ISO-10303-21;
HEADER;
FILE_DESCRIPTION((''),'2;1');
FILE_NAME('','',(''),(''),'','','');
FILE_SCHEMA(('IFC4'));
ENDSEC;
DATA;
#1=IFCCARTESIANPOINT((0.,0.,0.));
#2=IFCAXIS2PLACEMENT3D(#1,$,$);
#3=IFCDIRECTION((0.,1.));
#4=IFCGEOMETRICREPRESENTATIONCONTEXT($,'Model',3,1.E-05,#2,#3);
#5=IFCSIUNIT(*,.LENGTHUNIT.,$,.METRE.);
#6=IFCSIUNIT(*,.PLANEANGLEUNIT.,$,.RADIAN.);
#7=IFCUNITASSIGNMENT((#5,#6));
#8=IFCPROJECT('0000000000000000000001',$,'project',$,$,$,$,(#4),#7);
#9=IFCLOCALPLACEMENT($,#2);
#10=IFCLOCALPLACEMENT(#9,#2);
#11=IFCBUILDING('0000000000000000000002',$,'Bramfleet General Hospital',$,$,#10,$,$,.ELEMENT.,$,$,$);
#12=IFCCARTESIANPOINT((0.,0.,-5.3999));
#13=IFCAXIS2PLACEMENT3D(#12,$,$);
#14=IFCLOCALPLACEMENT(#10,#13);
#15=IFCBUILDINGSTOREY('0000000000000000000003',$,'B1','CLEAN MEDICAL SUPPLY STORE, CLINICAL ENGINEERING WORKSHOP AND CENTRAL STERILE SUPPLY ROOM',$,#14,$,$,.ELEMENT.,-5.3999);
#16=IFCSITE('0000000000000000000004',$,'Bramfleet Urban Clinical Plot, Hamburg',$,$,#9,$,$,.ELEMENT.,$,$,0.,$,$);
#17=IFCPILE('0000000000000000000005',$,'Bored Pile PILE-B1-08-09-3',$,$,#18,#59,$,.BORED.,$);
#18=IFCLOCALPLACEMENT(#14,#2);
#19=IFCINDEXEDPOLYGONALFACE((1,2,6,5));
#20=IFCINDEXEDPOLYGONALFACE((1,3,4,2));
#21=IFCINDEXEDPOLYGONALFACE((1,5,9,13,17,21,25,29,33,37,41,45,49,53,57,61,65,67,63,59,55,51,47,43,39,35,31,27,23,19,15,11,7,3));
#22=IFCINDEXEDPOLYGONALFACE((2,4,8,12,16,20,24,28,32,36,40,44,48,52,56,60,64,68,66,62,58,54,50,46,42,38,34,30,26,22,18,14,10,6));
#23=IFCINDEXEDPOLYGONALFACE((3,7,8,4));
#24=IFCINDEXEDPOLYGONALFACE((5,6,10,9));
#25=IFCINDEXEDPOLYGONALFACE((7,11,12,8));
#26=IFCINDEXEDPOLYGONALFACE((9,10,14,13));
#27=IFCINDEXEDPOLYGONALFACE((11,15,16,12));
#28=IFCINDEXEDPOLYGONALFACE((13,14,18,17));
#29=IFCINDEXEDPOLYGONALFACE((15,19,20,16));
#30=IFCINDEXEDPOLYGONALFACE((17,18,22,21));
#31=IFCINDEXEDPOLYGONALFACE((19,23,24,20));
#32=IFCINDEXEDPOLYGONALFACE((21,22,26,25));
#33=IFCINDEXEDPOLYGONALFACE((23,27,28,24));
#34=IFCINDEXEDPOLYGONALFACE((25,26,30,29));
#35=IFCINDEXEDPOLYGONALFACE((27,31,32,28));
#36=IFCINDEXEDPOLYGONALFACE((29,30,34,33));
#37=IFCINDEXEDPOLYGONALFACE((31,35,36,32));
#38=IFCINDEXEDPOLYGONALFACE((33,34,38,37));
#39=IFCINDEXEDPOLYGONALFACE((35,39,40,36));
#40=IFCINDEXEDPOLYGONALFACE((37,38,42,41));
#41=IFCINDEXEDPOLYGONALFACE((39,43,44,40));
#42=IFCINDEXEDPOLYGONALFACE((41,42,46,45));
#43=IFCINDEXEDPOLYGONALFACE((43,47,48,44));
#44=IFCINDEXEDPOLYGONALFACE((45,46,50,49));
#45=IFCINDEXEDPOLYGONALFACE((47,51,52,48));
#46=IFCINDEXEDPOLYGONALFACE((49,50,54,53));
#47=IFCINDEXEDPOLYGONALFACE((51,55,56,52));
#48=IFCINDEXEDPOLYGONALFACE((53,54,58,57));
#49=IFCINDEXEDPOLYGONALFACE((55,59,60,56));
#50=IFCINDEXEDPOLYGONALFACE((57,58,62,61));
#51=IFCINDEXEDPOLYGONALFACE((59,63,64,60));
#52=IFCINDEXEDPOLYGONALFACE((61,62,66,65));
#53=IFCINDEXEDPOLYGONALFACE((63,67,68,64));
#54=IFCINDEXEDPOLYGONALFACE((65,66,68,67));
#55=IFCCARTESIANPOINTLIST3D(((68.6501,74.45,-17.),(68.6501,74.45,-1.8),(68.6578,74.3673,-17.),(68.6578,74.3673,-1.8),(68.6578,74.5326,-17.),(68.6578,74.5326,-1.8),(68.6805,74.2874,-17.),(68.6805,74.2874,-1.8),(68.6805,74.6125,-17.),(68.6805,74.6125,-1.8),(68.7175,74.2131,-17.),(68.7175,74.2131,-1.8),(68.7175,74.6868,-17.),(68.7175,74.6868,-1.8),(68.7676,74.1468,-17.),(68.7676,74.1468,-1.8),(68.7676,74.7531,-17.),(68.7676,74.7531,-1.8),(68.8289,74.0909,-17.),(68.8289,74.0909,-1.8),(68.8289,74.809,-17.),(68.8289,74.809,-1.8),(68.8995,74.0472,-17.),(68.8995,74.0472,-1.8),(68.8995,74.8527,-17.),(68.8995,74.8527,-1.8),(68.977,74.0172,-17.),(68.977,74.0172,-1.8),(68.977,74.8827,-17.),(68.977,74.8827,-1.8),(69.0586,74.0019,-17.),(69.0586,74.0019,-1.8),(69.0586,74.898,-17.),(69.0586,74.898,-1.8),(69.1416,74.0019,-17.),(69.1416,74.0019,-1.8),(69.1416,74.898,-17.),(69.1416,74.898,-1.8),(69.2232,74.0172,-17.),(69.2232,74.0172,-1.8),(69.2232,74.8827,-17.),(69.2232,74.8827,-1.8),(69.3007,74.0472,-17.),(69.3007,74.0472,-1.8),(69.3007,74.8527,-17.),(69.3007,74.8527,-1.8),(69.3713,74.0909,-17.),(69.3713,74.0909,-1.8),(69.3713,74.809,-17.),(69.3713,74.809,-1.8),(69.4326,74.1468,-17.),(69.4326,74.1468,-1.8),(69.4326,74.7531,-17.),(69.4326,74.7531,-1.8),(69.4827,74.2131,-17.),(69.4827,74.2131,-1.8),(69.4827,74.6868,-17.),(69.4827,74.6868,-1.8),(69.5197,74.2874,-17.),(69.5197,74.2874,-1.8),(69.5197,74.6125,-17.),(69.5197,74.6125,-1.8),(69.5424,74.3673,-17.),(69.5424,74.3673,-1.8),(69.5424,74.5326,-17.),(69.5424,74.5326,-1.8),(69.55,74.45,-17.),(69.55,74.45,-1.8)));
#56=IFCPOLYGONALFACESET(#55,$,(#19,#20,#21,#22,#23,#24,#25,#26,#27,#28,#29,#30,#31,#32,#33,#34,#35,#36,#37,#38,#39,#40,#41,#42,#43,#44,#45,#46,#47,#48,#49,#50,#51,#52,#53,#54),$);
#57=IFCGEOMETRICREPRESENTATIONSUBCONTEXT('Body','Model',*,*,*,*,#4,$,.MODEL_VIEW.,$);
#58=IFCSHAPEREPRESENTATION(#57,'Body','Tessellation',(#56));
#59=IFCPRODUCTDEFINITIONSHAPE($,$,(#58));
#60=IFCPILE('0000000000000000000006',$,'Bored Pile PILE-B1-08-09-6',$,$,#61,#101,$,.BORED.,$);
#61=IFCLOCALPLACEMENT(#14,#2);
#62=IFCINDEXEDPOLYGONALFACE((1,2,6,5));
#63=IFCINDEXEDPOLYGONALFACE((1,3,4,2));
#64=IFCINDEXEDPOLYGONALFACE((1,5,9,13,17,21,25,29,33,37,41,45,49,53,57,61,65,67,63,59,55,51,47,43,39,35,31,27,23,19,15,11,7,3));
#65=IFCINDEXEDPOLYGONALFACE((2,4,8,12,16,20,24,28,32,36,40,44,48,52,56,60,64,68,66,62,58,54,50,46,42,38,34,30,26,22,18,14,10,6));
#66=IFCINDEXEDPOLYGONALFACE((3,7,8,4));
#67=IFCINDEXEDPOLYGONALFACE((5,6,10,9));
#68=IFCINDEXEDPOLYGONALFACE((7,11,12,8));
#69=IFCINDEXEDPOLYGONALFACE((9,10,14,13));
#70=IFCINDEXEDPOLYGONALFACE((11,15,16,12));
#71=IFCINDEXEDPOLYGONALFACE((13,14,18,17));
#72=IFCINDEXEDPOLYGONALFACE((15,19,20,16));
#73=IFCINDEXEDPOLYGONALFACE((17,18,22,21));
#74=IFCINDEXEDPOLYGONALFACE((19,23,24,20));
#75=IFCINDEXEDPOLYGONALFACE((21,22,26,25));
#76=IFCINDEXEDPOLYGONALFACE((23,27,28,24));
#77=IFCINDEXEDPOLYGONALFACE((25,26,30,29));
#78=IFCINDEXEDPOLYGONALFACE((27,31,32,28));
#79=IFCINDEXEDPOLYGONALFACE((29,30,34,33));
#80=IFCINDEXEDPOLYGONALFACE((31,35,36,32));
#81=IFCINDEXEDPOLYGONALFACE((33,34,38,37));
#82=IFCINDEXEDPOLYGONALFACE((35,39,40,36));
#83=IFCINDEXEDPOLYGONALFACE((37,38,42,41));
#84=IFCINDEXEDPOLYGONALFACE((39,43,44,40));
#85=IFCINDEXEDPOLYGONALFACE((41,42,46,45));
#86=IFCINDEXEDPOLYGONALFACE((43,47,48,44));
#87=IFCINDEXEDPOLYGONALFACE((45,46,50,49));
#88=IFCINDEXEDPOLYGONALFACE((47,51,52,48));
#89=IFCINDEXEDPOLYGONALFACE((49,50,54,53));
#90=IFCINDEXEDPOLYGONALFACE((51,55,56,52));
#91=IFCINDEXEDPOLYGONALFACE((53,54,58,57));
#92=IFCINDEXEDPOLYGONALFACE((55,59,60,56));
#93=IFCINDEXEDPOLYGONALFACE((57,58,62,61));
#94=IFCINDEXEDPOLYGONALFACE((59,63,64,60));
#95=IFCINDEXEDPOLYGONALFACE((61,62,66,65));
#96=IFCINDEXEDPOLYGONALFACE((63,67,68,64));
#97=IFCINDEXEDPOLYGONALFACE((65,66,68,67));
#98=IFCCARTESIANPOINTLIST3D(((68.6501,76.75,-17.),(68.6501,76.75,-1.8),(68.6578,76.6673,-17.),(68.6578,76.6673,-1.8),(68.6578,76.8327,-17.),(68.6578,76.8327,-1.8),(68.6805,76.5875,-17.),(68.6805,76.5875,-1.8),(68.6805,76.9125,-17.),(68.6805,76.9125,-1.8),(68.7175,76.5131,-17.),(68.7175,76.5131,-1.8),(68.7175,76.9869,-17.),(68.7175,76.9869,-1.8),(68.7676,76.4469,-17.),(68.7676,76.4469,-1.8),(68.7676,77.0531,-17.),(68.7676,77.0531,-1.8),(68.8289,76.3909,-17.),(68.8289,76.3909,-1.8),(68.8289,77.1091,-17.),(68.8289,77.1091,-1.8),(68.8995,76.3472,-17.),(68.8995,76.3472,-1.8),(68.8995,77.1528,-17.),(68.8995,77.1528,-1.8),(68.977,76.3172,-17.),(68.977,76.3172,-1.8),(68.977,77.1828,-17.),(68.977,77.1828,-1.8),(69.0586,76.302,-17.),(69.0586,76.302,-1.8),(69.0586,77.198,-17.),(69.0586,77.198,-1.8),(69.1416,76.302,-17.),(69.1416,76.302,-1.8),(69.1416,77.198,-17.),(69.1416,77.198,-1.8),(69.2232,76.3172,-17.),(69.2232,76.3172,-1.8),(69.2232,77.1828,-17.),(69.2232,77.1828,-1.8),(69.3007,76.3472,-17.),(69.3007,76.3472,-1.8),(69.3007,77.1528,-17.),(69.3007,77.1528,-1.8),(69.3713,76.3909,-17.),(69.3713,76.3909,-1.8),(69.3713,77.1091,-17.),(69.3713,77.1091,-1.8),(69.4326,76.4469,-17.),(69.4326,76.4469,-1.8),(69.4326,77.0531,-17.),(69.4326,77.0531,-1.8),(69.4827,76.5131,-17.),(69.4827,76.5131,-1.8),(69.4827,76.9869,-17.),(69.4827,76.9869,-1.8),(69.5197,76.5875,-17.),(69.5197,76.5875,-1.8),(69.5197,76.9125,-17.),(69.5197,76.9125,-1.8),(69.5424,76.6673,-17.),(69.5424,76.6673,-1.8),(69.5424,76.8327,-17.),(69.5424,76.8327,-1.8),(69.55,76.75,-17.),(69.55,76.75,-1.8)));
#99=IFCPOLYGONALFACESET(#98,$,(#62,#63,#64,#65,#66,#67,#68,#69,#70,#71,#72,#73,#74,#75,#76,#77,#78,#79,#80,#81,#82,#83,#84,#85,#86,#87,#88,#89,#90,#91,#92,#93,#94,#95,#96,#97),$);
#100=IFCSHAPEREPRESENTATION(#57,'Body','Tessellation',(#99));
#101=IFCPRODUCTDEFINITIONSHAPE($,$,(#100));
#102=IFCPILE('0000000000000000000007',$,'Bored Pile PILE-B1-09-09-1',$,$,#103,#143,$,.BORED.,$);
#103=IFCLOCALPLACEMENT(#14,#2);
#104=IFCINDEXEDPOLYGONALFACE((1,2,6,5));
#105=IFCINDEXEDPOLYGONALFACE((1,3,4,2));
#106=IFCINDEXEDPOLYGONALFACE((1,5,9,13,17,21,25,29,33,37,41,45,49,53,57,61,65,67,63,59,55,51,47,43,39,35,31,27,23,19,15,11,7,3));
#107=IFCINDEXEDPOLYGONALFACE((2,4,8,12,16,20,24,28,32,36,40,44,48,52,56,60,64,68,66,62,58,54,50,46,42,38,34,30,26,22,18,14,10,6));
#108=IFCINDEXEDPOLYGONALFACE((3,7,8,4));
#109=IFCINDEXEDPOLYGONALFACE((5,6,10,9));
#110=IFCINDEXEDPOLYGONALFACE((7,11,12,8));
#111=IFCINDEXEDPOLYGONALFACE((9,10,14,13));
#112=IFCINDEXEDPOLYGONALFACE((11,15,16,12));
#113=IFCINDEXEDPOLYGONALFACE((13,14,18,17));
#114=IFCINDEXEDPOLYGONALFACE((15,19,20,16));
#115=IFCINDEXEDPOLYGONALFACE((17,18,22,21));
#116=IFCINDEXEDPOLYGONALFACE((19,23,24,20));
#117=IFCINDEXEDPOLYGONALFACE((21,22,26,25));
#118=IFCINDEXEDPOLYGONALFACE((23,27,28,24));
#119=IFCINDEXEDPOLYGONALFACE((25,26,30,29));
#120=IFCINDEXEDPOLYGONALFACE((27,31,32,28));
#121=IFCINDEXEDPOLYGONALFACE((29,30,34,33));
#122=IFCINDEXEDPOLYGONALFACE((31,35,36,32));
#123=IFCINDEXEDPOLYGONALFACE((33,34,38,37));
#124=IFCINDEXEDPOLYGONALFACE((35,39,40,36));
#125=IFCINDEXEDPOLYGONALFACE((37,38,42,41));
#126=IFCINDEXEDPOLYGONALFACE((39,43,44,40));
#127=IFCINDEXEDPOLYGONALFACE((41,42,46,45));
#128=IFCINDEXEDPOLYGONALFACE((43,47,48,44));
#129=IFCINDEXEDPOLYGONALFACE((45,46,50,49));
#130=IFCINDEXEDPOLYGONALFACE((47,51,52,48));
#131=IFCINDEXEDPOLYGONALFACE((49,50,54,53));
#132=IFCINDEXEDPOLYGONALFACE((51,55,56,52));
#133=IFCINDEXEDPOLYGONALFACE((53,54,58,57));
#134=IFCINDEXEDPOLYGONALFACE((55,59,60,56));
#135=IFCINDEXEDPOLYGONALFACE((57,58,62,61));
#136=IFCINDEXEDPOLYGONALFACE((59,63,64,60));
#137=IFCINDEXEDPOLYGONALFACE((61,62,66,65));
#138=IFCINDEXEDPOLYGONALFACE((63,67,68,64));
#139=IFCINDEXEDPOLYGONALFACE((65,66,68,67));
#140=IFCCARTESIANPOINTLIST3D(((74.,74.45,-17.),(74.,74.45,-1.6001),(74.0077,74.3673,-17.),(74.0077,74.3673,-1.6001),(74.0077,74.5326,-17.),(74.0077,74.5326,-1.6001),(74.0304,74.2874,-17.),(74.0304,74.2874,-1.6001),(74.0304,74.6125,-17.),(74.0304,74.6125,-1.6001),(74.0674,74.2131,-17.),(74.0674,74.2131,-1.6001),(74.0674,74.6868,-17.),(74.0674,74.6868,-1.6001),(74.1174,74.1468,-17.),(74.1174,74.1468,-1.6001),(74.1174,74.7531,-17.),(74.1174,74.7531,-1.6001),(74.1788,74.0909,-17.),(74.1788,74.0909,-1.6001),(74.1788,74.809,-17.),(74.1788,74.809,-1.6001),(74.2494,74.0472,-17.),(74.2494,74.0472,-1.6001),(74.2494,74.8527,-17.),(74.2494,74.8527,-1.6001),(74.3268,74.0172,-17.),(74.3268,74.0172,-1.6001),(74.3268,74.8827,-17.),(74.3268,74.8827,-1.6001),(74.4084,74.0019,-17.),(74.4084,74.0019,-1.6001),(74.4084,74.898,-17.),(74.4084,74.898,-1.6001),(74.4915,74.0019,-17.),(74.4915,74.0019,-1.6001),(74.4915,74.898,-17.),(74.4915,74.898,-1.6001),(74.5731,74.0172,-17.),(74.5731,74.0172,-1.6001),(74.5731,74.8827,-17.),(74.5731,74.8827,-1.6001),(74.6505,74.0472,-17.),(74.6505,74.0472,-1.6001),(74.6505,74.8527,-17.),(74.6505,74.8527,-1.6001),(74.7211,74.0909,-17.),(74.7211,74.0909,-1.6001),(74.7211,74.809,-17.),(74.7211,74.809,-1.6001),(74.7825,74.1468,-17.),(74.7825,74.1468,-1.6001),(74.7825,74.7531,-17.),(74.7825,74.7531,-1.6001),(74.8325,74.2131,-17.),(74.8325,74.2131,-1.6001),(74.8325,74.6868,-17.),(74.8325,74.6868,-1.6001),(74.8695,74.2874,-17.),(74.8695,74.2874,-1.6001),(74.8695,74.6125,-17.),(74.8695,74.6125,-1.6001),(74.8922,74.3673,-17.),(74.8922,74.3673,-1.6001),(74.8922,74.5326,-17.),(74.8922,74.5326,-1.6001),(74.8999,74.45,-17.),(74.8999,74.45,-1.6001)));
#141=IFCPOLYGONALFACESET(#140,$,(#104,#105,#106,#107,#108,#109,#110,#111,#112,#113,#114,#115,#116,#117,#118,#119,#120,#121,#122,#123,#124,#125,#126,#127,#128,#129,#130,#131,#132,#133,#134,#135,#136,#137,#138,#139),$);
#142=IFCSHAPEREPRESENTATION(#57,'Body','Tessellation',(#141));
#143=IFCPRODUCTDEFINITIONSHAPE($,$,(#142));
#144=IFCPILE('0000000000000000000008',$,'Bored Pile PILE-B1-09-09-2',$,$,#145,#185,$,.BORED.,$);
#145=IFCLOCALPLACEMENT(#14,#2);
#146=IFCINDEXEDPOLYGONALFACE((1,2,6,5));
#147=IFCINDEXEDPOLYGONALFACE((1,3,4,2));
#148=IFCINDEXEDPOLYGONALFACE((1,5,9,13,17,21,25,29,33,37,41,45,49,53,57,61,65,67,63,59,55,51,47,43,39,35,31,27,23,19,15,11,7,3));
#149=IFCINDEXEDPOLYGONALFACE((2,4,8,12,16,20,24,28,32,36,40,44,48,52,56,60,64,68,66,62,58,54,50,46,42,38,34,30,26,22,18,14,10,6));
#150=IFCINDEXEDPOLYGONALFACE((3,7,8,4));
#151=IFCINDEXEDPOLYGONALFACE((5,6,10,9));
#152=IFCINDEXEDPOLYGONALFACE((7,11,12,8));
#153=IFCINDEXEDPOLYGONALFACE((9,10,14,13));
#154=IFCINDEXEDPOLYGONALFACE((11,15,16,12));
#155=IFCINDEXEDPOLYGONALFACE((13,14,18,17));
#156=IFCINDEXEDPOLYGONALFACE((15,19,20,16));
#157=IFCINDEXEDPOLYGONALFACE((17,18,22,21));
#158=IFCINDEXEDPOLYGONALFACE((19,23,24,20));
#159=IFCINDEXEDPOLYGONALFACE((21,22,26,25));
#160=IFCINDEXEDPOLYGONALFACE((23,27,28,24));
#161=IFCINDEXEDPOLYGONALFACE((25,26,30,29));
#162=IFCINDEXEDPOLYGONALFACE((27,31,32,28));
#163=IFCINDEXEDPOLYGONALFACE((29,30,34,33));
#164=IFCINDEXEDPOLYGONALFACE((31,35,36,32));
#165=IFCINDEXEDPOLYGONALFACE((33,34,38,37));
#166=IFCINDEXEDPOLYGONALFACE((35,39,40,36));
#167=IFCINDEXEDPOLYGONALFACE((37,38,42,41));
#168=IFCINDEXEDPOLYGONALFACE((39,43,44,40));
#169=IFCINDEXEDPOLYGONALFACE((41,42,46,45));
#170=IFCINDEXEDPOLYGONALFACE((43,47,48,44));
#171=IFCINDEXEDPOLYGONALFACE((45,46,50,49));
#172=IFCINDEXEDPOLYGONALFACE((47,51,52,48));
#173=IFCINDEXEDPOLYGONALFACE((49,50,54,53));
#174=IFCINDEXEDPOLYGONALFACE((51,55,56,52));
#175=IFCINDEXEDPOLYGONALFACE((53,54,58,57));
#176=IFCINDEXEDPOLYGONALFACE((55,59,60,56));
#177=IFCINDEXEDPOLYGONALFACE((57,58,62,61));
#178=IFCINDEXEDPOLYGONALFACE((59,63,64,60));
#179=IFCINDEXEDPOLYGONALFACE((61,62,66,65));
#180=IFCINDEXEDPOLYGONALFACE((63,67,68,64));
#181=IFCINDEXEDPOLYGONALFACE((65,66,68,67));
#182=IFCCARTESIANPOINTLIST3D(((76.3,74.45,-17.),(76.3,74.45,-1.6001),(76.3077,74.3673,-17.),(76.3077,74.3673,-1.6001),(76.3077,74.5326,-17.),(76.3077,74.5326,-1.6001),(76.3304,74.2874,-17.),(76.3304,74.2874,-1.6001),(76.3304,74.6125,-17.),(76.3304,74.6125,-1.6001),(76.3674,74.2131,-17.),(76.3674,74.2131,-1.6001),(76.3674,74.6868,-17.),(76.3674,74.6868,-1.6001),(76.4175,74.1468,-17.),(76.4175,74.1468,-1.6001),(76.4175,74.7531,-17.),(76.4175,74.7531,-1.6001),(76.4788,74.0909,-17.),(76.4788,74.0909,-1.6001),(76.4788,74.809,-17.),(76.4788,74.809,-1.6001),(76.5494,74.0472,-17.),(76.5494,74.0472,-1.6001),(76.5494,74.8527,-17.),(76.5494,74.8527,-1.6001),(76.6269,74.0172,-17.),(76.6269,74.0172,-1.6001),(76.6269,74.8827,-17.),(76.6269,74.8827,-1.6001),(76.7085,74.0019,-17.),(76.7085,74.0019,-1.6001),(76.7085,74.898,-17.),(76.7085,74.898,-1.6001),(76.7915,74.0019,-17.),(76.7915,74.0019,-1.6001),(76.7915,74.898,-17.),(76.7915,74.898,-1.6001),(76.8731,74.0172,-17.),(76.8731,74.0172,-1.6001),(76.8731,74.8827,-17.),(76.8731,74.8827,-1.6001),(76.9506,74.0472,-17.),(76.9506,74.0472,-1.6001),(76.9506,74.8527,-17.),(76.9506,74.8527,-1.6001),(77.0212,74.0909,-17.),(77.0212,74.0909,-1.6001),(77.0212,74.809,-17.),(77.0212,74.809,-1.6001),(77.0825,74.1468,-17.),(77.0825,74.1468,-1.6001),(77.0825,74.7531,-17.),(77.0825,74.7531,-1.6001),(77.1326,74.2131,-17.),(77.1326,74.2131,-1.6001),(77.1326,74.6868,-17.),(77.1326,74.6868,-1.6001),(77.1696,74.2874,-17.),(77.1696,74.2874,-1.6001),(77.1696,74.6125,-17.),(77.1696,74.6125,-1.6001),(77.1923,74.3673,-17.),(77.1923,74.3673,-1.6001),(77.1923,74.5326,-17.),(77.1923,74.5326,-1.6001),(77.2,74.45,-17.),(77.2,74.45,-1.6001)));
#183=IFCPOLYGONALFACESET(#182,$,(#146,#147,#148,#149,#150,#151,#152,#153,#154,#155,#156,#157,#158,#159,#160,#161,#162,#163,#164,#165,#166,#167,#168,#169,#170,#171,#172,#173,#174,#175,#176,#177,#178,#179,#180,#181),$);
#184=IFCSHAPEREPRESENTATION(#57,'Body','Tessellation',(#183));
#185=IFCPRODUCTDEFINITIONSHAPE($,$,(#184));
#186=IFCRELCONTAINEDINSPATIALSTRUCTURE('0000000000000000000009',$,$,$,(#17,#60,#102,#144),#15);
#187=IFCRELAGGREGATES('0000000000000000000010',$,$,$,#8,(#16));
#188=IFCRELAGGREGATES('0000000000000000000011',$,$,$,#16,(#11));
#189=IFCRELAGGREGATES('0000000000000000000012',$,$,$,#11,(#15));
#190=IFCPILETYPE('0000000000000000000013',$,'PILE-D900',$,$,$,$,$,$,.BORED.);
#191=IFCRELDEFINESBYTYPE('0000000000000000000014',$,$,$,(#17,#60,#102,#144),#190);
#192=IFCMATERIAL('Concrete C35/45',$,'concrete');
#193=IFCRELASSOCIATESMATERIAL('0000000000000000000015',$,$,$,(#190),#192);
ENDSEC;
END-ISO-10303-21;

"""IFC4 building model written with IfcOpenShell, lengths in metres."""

from ifc_helpers import new_model, si_unit, direction, frame, origin, origin_2d, place, context, subcontext, project, spatial, circle, extrude, material, material_profile, profile_set, type_object, element, save


model = new_model("IFC4")

# Units and contexts
model_context = context("Model", 3, precision=1e-05, world=origin(), true_north=direction((0.0, 1.0)))
body_context = subcontext(model_context, "Body", "Model", "MODEL_VIEW")
ifc_project = project(units=[si_unit("LENGTHUNIT", "METRE"), si_unit("PLANEANGLEUNIT", "RADIAN")], contexts=[model_context])

# Site, building, storey
site_placement = place(None, origin())
site = spatial("IfcSite", under=ifc_project, at=site_placement, Name="Bramfleet Urban Clinical Plot, Hamburg", CompositionType="ELEMENT", RefElevation=0.0)
building_placement = place(site_placement, origin())
building = spatial("IfcBuilding", under=site, at=building_placement, Name="Bramfleet General Hospital", CompositionType="ELEMENT")
storey_placement = place(building_placement, frame((0.0, 0.0, -5.3999)))
storey = spatial("IfcBuildingStorey", under=building, at=storey_placement, Name="B1", Description="CLEAN MEDICAL SUPPLY STORE, CLINICAL ENGINEERING WORKSHOP AND CENTRAL STERILE SUPPLY ROOM", CompositionType="ELEMENT", Elevation=-5.3999)

# Shared definitions
ifc_material_1 = material(Name="Concrete C35/45", Category="concrete")

# Piles
ifc_material_profile_1 = material_profile(ifc_material_1, circle(Radius=0.45, at=origin_2d()), Name="PILE BORED D900")
ifc_profile_set_1 = profile_set([ifc_material_profile_1], Name="Concrete C35/45")
pile_type_1 = type_object("IfcPileType", Name="PILE-D900", PredefinedType="BORED", material=ifc_profile_set_1)
for number, where, z_axis, x_axis, name in (
    (1, (69.1001, 74.45, -1.8), (0.0, 0.0, -1.0), (1.0, 0.0, 0.0), "Bored Pile PILE-B1-08-09-3"),
    (2, (69.1001, 76.75, -1.8), (0.0, 0.0, -1.0), (1.0, 0.0, 0.0), "Bored Pile PILE-B1-08-09-6"),
):
    element("IfcPile", number, at=place(storey_placement, frame(where, z_axis=z_axis, x_axis=x_axis)), inside=storey, type_object=pile_type_1, Name=name, PredefinedType="BORED", context=body_context, shape_type="SweptSolid", body=[
        extrude(circle(Radius=0.45, at=origin_2d()), origin(), (0.0, 0.0, 1.0), 15.2),
    ])
for number, where, z_axis, x_axis, name in (
    (3, (74.45, 74.45, -1.6001), (0.0, 0.0, -1.0), (1.0, 0.0, 0.0), "Bored Pile PILE-B1-09-09-1"),
    (4, (76.75, 74.45, -1.6001), (0.0, 0.0, -1.0), (1.0, 0.0, 0.0), "Bored Pile PILE-B1-09-09-2"),
):
    element("IfcPile", number, at=place(storey_placement, frame(where, z_axis=z_axis, x_axis=x_axis)), inside=storey, type_object=pile_type_1, Name=name, PredefinedType="BORED", context=body_context, shape_type="SweptSolid", body=[
        extrude(circle(Radius=0.45, at=origin_2d()), origin(), (0.0, 0.0, 1.0), 15.3999),
    ])

save(model, "model.ifc")
